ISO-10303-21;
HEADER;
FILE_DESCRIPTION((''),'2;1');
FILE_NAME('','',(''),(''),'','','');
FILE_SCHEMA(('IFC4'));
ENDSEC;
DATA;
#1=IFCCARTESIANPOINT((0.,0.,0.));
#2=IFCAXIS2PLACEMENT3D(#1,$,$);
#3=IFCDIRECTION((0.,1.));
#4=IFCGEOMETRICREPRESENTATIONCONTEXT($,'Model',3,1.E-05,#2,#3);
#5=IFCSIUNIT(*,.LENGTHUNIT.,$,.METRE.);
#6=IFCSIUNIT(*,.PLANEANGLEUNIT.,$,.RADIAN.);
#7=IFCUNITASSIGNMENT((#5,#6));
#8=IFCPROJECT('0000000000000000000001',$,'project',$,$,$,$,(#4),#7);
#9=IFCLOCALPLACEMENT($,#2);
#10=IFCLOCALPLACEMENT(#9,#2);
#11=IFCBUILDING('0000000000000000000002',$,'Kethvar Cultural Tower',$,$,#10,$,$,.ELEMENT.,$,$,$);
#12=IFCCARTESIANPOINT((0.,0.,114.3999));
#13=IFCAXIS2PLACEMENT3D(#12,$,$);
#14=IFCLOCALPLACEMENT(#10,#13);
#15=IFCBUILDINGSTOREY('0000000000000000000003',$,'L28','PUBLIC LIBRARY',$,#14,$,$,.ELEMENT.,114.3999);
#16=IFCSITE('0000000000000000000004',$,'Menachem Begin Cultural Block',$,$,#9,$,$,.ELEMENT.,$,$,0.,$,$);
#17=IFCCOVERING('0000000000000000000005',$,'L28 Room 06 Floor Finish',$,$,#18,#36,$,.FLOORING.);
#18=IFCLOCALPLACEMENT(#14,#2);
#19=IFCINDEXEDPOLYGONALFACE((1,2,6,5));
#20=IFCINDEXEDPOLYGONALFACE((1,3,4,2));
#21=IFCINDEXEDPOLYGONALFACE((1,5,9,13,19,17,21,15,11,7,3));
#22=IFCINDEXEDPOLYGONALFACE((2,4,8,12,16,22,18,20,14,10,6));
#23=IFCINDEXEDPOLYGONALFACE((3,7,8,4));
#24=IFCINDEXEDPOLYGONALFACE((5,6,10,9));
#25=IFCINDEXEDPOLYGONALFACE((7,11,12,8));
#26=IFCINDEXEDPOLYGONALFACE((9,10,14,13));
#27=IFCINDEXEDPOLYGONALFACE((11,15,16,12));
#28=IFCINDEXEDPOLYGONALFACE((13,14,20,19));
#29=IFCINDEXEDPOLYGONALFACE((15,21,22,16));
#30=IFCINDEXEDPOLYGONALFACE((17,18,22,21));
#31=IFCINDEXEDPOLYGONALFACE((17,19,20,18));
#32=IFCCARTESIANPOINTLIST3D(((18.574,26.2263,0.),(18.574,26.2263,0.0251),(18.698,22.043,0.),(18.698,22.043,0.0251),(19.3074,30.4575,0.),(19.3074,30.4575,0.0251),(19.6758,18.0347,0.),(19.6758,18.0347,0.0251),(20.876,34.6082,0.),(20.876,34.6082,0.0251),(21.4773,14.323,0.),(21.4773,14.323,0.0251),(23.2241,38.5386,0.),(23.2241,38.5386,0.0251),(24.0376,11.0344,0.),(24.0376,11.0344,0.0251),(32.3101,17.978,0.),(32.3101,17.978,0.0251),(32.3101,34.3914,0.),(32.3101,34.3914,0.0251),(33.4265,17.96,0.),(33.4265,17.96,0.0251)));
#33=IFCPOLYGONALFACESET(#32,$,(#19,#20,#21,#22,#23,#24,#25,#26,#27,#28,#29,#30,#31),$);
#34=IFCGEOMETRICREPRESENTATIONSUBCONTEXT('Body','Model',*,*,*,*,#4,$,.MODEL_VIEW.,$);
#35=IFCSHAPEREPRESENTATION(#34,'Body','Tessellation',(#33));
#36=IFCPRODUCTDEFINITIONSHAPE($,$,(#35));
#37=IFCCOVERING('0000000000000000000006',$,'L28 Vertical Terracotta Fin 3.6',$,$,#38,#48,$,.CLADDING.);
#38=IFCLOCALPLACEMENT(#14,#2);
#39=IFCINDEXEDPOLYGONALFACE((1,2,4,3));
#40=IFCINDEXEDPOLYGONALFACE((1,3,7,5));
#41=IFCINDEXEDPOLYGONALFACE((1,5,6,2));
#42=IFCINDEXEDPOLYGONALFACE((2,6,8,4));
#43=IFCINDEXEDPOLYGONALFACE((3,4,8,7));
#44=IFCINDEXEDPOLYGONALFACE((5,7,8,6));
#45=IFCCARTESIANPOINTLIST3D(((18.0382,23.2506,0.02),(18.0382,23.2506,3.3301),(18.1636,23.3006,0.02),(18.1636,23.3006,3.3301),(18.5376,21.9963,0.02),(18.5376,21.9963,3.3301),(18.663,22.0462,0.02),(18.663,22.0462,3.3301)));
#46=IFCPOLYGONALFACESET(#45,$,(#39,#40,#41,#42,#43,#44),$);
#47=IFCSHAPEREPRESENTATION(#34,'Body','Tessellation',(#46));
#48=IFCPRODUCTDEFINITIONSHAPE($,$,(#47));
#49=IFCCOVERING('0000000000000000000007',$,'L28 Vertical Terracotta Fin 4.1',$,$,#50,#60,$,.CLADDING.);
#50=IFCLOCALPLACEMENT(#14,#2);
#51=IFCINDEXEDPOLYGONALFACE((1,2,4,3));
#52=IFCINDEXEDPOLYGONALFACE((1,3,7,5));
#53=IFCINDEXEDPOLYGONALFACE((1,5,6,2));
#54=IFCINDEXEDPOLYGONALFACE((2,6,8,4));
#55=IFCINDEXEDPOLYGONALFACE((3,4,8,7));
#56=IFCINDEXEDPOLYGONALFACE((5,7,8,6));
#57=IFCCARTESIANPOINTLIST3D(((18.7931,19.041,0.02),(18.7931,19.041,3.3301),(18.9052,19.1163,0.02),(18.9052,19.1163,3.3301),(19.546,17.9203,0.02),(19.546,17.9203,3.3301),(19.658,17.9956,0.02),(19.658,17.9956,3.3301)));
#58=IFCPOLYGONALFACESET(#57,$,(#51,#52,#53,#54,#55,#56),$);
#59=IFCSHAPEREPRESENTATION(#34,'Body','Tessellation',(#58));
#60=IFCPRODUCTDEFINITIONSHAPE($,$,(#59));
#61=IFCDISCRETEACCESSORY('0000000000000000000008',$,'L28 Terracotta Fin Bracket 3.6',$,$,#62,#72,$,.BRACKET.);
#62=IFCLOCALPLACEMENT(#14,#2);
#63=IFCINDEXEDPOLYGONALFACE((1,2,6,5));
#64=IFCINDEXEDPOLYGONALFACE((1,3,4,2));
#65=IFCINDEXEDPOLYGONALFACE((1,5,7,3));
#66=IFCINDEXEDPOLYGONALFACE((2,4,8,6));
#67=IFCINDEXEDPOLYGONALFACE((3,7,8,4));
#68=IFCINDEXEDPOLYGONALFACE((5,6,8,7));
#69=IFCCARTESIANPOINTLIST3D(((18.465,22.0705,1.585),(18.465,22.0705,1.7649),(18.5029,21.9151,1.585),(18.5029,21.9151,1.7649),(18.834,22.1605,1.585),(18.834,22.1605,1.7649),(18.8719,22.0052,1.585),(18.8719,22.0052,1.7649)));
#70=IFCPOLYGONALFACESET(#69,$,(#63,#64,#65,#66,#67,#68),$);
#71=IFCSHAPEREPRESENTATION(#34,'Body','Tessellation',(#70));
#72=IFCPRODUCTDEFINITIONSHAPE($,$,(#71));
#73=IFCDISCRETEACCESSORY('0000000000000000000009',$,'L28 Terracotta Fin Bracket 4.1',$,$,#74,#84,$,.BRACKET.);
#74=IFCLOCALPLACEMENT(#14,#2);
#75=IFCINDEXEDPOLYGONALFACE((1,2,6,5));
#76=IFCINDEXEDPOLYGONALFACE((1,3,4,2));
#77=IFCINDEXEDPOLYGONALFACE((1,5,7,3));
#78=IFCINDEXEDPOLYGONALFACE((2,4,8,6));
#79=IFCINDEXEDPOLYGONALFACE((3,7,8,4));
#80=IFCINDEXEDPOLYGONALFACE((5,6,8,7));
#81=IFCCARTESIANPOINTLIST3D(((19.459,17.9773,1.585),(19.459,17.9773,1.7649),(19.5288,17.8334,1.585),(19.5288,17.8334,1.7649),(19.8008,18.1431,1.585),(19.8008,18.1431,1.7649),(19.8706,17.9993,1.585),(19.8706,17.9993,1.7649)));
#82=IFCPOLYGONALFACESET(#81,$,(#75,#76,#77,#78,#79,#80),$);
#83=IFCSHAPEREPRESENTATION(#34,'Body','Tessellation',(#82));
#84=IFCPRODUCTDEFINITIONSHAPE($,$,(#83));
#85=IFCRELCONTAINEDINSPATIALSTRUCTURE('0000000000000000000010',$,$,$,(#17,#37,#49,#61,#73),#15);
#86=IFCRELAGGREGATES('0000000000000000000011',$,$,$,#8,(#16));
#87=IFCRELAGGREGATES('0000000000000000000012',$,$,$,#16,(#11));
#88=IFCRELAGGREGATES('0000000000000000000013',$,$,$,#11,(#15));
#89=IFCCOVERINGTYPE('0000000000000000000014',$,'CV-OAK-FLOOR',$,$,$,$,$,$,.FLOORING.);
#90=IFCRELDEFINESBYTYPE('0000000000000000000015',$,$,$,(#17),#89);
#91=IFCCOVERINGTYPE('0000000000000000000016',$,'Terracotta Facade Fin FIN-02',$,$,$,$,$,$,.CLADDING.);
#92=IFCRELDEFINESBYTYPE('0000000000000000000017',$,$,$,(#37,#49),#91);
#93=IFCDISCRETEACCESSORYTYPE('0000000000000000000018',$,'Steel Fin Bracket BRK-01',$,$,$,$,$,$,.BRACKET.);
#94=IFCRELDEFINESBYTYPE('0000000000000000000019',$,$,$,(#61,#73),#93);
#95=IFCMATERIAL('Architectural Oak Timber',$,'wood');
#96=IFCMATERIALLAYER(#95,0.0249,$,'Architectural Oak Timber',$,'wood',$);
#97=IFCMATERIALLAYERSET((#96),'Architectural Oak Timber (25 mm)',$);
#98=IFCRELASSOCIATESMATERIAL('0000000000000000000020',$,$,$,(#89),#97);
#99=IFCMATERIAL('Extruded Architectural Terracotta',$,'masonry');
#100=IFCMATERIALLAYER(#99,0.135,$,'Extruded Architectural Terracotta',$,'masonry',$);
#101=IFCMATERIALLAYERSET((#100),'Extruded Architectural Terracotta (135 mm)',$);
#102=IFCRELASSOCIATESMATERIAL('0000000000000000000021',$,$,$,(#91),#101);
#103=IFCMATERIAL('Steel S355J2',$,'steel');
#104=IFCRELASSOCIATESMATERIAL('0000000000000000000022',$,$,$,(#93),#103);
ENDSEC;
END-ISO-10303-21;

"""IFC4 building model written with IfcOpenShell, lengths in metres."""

from ifc_helpers import new_model, si_unit, direction, frame, origin, origin_2d, place, context, subcontext, project, spatial, polyline, rectangle, outline, extrude, source, transform, mapped, material, layer, layer_set, type_object, element, save


model = new_model("IFC4")

# Units and contexts
model_context = context("Model", 3, precision=1e-05, world=origin(), true_north=direction((0.0, 1.0)))
body_context = subcontext(model_context, "Body", "Model", "MODEL_VIEW")
ifc_project = project(units=[si_unit("LENGTHUNIT", "METRE"), si_unit("PLANEANGLEUNIT", "RADIAN")], contexts=[model_context])

# Site, building, storey
site_placement = place(None, origin())
site = spatial("IfcSite", under=ifc_project, at=site_placement, Name="Menachem Begin Cultural Block", CompositionType="ELEMENT", RefElevation=0.0)
building_placement = place(site_placement, origin())
building = spatial("IfcBuilding", under=site, at=building_placement, Name="Kethvar Cultural Tower", CompositionType="ELEMENT")
storey_placement = place(building_placement, frame((0.0, 0.0, 114.3999)))
storey = spatial("IfcBuildingStorey", under=building, at=storey_placement, Name="L28", Description="PUBLIC LIBRARY", CompositionType="ELEMENT", Elevation=114.3999)

# Coverings
ifc_material_1 = material(Name="Architectural Oak Timber", Category="wood")
ifc_layer_1 = layer(ifc_material_1, 0.0249, Name="Architectural Oak Timber", Category="wood")
ifc_layer_set_1 = layer_set([ifc_layer_1], Name="Architectural Oak Timber (25 mm)")
covering_type_1 = type_object("IfcCoveringType", Name="CV-OAK-FLOOR", PredefinedType="FLOORING", material=ifc_layer_set_1)
covering_1_placement = place(storey_placement, origin())
element("IfcCovering", 1, at=covering_1_placement, inside=storey, type_object=covering_type_1, Name="L28 Room 06 Floor Finish", PredefinedType="FLOORING", context=body_context, shape_type="SweptSolid", body=[
    extrude(outline(polyline([(21.4773, 14.323), (19.6758, 18.0347), (18.698, 22.043), (18.574, 26.2263), (19.3074, 30.4575), (20.876, 34.6082), (23.2241, 38.5386), (32.3101, 34.3914), (32.3101, 17.978), (33.4265, 17.96), (24.0376, 11.0344), (21.4773, 14.323)])), origin(), (0.0, 0.0, 1.0), 0.0251),
])
ifc_material_2 = material(Name="Extruded Architectural Terracotta", Category="masonry")
ifc_layer_2 = layer(ifc_material_2, 0.135, Name="Extruded Architectural Terracotta", Category="masonry")
ifc_layer_set_2 = layer_set([ifc_layer_2], Name="Extruded Architectural Terracotta (135 mm)")
covering_type_2 = type_object("IfcCoveringType", Name="Terracotta Facade Fin FIN-02", PredefinedType="CLADDING", material=ifc_layer_set_2)
shared_shape_1 = source(origin(), body_context, "Body", "SweptSolid", [
    extrude(rectangle(XDim=1.3501, YDim=0.135, at=origin_2d()), origin(), (0.0, 0.0, 1.0), 3.3101),
])
for number, where, z_axis, x_axis, name in (
    (2, (18.3506, 22.6484, 0.02), (0.0, 0.0, 1.0), (-0.369909, 0.929068, 0.0), "L28 Vertical Terracotta Fin 3.6"),
    (3, (19.2256, 18.5183, 0.02), (0.0, 0.0, 1.0), (-0.5576, 0.83011, 0.0), "L28 Vertical Terracotta Fin 4.1"),
):
    element("IfcCovering", number, at=place(storey_placement, frame(where, z_axis=z_axis, x_axis=x_axis)), inside=storey, type_object=covering_type_2, Name=name, PredefinedType="CLADDING", context=body_context, shape_type="MappedRepresentation", body=[
        mapped(shared_shape_1, transform((0.0, 0.0, 0.0), scale=1.0)),
    ])

# Discrete accessories
ifc_material_3 = material(Name="Steel S355J2", Category="steel")
discrete_accessory_type = type_object("IfcDiscreteAccessoryType", Name="Steel Fin Bracket BRK-01", PredefinedType="BRACKET", material=ifc_material_3)
shared_shape_2 = source(origin(), body_context, "Body", "SweptSolid", [
    extrude(rectangle(XDim=0.3799, YDim=0.1599, at=origin_2d()), origin(), (0.0, 0.0, 1.0), 0.1799),
])
for number, where, z_axis, x_axis, name in (
    (4, (18.6685, 22.0378, 1.585), (0.0, 0.0, 1.0), (-0.971508, -0.237008, 0.0), "L28 Terracotta Fin Bracket 3.6"),
    (5, (19.6648, 17.9883, 1.585), (0.0, 0.0, 1.0), (-0.899634, -0.436645, 0.0), "L28 Terracotta Fin Bracket 4.1"),
):
    element("IfcDiscreteAccessory", number, at=place(storey_placement, frame(where, z_axis=z_axis, x_axis=x_axis)), inside=storey, type_object=discrete_accessory_type, Name=name, PredefinedType="BRACKET", context=body_context, shape_type="MappedRepresentation", body=[
        mapped(shared_shape_2, transform((0.0, 0.0, 0.0), scale=1.0)),
    ])

save(model, "model.ifc")
